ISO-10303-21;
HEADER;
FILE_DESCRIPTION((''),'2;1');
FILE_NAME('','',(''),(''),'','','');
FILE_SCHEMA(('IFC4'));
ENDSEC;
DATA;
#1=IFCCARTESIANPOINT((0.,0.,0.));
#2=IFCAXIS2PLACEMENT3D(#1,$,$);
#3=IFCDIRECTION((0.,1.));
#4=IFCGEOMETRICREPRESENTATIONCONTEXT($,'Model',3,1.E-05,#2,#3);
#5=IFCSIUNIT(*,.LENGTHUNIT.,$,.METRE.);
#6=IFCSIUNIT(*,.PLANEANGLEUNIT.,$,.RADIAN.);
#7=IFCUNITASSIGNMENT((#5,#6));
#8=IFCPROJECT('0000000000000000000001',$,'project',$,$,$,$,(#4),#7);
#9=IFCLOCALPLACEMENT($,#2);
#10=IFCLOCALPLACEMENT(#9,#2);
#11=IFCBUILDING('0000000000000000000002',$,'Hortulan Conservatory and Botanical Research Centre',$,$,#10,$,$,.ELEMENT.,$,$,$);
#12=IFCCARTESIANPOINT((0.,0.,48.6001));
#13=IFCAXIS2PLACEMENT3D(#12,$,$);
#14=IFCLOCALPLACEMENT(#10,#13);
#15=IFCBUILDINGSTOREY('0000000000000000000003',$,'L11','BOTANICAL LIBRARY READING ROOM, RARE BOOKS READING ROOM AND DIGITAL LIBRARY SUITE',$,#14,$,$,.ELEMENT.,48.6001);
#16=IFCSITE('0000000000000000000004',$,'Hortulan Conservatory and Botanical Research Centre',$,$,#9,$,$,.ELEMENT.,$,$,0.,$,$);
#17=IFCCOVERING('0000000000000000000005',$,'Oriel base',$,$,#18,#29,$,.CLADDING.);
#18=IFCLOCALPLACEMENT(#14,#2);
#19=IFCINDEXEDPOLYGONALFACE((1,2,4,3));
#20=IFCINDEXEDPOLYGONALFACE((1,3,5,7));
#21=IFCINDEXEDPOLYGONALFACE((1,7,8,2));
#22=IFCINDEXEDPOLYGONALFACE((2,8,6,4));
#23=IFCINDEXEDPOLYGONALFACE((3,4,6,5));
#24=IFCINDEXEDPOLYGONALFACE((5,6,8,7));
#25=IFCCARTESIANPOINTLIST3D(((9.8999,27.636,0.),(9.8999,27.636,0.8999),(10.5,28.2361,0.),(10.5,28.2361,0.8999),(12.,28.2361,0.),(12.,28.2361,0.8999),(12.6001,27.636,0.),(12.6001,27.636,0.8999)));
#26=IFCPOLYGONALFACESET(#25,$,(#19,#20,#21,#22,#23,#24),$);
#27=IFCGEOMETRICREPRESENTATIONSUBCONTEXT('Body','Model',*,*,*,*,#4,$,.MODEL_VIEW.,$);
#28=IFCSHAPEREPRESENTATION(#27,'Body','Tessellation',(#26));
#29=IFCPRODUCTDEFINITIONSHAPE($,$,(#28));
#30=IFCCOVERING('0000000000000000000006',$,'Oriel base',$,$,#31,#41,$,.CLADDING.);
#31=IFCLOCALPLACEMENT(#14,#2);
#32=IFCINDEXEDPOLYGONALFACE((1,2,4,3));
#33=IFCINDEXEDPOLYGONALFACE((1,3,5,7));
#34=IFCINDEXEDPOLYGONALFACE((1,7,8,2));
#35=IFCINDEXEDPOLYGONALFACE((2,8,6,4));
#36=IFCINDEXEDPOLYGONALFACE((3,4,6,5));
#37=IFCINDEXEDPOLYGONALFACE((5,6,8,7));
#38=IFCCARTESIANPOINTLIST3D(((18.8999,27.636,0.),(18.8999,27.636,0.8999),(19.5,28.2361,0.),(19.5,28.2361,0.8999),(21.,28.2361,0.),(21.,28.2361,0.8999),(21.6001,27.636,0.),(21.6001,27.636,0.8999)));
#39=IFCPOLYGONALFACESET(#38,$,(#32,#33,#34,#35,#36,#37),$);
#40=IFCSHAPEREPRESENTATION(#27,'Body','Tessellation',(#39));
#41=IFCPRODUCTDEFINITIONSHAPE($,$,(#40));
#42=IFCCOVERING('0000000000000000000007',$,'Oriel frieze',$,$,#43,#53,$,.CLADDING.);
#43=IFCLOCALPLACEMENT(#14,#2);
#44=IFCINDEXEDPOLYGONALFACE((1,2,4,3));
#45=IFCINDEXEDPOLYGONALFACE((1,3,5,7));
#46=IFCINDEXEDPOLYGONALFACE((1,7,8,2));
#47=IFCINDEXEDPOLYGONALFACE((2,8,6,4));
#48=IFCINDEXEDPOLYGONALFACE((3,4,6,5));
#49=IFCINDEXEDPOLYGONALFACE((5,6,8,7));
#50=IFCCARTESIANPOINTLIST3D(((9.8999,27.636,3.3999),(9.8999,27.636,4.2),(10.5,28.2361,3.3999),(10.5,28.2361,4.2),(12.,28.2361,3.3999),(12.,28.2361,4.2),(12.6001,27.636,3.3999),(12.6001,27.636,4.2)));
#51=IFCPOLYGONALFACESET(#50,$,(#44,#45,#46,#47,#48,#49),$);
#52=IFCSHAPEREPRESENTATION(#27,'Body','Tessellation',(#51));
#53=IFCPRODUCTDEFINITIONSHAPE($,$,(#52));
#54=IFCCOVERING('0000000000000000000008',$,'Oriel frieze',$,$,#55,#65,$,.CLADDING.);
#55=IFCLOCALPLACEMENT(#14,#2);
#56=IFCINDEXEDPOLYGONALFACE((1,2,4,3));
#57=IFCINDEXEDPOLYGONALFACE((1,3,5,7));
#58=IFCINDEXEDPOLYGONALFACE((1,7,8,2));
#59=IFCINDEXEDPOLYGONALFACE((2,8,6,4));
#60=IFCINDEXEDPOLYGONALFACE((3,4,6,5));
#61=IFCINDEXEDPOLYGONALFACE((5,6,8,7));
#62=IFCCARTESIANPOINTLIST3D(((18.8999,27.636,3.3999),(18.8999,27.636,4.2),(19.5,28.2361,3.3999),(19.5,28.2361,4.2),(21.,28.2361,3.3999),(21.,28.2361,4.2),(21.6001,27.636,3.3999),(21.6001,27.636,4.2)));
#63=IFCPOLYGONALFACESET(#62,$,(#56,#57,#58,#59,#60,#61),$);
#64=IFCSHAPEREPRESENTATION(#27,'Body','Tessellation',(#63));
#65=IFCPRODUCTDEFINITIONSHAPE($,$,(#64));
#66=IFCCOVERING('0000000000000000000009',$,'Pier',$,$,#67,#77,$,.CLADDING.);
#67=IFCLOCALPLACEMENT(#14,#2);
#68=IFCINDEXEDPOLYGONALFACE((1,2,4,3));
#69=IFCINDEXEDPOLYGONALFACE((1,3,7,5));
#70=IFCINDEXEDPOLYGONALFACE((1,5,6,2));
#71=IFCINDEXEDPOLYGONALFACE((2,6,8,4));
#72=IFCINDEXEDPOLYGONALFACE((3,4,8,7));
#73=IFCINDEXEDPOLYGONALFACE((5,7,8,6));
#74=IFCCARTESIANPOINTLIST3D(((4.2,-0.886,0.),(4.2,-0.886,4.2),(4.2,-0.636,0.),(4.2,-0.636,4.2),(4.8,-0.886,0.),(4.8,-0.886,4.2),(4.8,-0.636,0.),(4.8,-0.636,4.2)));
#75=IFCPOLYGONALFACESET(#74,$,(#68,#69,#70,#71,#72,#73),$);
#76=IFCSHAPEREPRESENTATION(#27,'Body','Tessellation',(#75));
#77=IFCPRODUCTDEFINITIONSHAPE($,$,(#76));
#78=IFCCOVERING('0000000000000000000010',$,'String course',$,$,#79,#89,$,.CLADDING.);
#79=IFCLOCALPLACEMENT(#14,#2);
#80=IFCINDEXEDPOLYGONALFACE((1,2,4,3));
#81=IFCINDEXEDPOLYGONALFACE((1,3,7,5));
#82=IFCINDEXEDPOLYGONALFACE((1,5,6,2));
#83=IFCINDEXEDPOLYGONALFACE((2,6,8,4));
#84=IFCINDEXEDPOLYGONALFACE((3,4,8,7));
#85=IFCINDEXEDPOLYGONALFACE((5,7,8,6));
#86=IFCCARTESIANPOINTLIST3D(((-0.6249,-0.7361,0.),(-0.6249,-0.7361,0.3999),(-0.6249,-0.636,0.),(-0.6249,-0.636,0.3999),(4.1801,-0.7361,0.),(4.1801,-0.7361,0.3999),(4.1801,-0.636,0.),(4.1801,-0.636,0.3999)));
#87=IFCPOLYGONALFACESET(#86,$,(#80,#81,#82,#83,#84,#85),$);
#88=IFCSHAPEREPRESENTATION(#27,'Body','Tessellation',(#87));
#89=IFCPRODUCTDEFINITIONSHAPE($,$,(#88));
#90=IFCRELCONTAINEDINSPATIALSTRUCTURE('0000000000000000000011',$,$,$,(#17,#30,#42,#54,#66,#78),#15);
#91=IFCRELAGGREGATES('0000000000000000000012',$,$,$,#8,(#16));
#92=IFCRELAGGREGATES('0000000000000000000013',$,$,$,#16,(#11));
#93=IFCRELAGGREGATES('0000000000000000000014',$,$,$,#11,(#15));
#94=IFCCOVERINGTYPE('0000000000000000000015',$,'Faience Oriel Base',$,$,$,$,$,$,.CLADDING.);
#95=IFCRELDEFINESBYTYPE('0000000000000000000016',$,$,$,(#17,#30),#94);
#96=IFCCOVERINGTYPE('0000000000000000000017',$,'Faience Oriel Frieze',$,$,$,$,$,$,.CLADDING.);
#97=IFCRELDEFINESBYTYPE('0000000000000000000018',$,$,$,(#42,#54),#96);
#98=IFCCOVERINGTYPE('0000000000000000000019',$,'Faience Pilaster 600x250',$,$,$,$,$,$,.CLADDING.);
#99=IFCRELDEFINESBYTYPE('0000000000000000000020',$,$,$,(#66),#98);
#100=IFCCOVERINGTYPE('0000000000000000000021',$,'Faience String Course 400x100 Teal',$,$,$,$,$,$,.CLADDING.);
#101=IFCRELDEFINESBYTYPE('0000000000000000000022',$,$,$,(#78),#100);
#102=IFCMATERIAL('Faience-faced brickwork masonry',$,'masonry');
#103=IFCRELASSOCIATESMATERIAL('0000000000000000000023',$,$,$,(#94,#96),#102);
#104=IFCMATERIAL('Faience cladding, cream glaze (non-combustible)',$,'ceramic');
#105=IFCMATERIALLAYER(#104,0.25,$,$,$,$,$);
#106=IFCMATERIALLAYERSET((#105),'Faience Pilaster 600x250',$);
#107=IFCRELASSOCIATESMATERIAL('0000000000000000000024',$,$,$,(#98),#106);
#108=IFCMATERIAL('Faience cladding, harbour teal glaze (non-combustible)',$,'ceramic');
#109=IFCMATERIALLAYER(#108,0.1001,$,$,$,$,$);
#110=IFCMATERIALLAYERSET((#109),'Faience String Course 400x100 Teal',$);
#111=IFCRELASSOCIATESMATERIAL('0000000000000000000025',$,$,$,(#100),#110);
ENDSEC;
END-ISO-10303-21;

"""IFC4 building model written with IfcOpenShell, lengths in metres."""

from ifc_helpers import new_model, si_unit, direction, frame, origin, origin_2d, place, context, subcontext, project, spatial, polyline, rectangle, outline, extrude, material, layer, layer_set, type_object, element, save


model = new_model("IFC4")

# Units and contexts
model_context = context("Model", 3, precision=1e-05, world=origin(), true_north=direction((0.0, 1.0)))
body_context = subcontext(model_context, "Body", "Model", "MODEL_VIEW")
ifc_project = project(units=[si_unit("LENGTHUNIT", "METRE"), si_unit("PLANEANGLEUNIT", "RADIAN")], contexts=[model_context])

# Site, building, storey
site_placement = place(None, origin())
site = spatial("IfcSite", under=ifc_project, at=site_placement, Name="Hortulan Conservatory and Botanical Research Centre", CompositionType="ELEMENT", RefElevation=0.0)
building_placement = place(site_placement, origin())
building = spatial("IfcBuilding", under=site, at=building_placement, Name="Hortulan Conservatory and Botanical Research Centre", CompositionType="ELEMENT")
storey_placement = place(building_placement, frame((0.0, 0.0, 48.6001)))
storey = spatial("IfcBuildingStorey", under=building, at=storey_placement, Name="L11", Description="BOTANICAL LIBRARY READING ROOM, RARE BOOKS READING ROOM AND DIGITAL LIBRARY SUITE", CompositionType="ELEMENT", Elevation=48.6001)

# Shared definitions
ifc_material_1 = material(Name="Faience-faced brickwork masonry", Category="masonry")

# Coverings
ifc_material_2 = material(Name="Faience cladding, harbour teal glaze (non-combustible)", Category="ceramic")
covering_type_1 = type_object("IfcCoveringType", Name="Faience Oriel Base", PredefinedType="CLADDING", material=ifc_material_1)
covering_1_placement = place(storey_placement, origin())
element("IfcCovering", 1, at=covering_1_placement, inside=storey, type_object=covering_type_1, Name="Oriel base", PredefinedType="CLADDING", context=body_context, shape_type="SweptSolid", body=[
    extrude(outline(polyline([(9.8999, 27.636), (10.5, 28.2361), (12.0, 28.2361), (12.6001, 27.636), (9.8999, 27.636)])), origin(), (0.0, 0.0, 1.0), 0.8999),
])
covering_2_placement = place(storey_placement, origin())
element("IfcCovering", 2, at=covering_2_placement, inside=storey, type_object=covering_type_1, Name="Oriel base", PredefinedType="CLADDING", context=body_context, shape_type="SweptSolid", body=[
    extrude(outline(polyline([(18.8999, 27.636), (19.5, 28.2361), (21.0, 28.2361), (21.6001, 27.636), (18.8999, 27.636)])), origin(), (0.0, 0.0, 1.0), 0.8999),
])
covering_type_2 = type_object("IfcCoveringType", Name="Faience Oriel Frieze", PredefinedType="CLADDING", material=ifc_material_1)
covering_3_placement = place(storey_placement, frame((0.0, 0.0, 3.3999)))
element("IfcCovering", 3, at=covering_3_placement, inside=storey, type_object=covering_type_2, Name="Oriel frieze", PredefinedType="CLADDING", context=body_context, shape_type="SweptSolid", body=[
    extrude(outline(polyline([(9.8999, 27.636), (10.5, 28.2361), (12.0, 28.2361), (12.6001, 27.636), (9.8999, 27.636)])), origin(), (0.0, 0.0, 1.0), 0.8),
])
covering_4_placement = place(storey_placement, frame((0.0, 0.0, 3.3999)))
element("IfcCovering", 4, at=covering_4_placement, inside=storey, type_object=covering_type_2, Name="Oriel frieze", PredefinedType="CLADDING", context=body_context, shape_type="SweptSolid", body=[
    extrude(outline(polyline([(18.8999, 27.636), (19.5, 28.2361), (21.0, 28.2361), (21.6001, 27.636), (18.8999, 27.636)])), origin(), (0.0, 0.0, 1.0), 0.8),
])
ifc_material_3 = material(Name="Faience cladding, cream glaze (non-combustible)", Category="ceramic")
ifc_layer_1 = layer(ifc_material_3, 0.25)
ifc_layer_set_1 = layer_set([ifc_layer_1], Name="Faience Pilaster 600x250")
covering_type_3 = type_object("IfcCoveringType", Name="Faience Pilaster 600x250", PredefinedType="CLADDING", material=ifc_layer_set_1)
covering_5_placement = place(storey_placement, frame((4.5, -0.761, 0.0), z_axis=(0.0, 0.0, 1.0), x_axis=(-1.0, 0.0, 0.0)))
element("IfcCovering", 5, at=covering_5_placement, inside=storey, type_object=covering_type_3, Name="Pier", PredefinedType="CLADDING", context=body_context, shape_type="SweptSolid", body=[
    extrude(rectangle(XDim=0.6001, YDim=0.25, at=origin_2d()), origin(), (0.0, 0.0, 1.0), 4.2),
])
ifc_layer_2 = layer(ifc_material_2, 0.1001)
ifc_layer_set_2 = layer_set([ifc_layer_2], Name="Faience String Course 400x100 Teal")
covering_type_4 = type_object("IfcCoveringType", Name="Faience String Course 400x100 Teal", PredefinedType="CLADDING", material=ifc_layer_set_2)
covering_6_placement = place(storey_placement, frame((1.7776, -0.686, 0.0), z_axis=(0.0, 0.0, 1.0), x_axis=(-1.0, 0.0, 0.0)))
element("IfcCovering", 6, at=covering_6_placement, inside=storey, type_object=covering_type_4, Name="String course", PredefinedType="CLADDING", context=body_context, shape_type="SweptSolid", body=[
    extrude(rectangle(XDim=4.8049, YDim=0.1001, at=origin_2d()), origin(), (0.0, 0.0, 1.0), 0.3999),
])

save(model, "model.ifc")
